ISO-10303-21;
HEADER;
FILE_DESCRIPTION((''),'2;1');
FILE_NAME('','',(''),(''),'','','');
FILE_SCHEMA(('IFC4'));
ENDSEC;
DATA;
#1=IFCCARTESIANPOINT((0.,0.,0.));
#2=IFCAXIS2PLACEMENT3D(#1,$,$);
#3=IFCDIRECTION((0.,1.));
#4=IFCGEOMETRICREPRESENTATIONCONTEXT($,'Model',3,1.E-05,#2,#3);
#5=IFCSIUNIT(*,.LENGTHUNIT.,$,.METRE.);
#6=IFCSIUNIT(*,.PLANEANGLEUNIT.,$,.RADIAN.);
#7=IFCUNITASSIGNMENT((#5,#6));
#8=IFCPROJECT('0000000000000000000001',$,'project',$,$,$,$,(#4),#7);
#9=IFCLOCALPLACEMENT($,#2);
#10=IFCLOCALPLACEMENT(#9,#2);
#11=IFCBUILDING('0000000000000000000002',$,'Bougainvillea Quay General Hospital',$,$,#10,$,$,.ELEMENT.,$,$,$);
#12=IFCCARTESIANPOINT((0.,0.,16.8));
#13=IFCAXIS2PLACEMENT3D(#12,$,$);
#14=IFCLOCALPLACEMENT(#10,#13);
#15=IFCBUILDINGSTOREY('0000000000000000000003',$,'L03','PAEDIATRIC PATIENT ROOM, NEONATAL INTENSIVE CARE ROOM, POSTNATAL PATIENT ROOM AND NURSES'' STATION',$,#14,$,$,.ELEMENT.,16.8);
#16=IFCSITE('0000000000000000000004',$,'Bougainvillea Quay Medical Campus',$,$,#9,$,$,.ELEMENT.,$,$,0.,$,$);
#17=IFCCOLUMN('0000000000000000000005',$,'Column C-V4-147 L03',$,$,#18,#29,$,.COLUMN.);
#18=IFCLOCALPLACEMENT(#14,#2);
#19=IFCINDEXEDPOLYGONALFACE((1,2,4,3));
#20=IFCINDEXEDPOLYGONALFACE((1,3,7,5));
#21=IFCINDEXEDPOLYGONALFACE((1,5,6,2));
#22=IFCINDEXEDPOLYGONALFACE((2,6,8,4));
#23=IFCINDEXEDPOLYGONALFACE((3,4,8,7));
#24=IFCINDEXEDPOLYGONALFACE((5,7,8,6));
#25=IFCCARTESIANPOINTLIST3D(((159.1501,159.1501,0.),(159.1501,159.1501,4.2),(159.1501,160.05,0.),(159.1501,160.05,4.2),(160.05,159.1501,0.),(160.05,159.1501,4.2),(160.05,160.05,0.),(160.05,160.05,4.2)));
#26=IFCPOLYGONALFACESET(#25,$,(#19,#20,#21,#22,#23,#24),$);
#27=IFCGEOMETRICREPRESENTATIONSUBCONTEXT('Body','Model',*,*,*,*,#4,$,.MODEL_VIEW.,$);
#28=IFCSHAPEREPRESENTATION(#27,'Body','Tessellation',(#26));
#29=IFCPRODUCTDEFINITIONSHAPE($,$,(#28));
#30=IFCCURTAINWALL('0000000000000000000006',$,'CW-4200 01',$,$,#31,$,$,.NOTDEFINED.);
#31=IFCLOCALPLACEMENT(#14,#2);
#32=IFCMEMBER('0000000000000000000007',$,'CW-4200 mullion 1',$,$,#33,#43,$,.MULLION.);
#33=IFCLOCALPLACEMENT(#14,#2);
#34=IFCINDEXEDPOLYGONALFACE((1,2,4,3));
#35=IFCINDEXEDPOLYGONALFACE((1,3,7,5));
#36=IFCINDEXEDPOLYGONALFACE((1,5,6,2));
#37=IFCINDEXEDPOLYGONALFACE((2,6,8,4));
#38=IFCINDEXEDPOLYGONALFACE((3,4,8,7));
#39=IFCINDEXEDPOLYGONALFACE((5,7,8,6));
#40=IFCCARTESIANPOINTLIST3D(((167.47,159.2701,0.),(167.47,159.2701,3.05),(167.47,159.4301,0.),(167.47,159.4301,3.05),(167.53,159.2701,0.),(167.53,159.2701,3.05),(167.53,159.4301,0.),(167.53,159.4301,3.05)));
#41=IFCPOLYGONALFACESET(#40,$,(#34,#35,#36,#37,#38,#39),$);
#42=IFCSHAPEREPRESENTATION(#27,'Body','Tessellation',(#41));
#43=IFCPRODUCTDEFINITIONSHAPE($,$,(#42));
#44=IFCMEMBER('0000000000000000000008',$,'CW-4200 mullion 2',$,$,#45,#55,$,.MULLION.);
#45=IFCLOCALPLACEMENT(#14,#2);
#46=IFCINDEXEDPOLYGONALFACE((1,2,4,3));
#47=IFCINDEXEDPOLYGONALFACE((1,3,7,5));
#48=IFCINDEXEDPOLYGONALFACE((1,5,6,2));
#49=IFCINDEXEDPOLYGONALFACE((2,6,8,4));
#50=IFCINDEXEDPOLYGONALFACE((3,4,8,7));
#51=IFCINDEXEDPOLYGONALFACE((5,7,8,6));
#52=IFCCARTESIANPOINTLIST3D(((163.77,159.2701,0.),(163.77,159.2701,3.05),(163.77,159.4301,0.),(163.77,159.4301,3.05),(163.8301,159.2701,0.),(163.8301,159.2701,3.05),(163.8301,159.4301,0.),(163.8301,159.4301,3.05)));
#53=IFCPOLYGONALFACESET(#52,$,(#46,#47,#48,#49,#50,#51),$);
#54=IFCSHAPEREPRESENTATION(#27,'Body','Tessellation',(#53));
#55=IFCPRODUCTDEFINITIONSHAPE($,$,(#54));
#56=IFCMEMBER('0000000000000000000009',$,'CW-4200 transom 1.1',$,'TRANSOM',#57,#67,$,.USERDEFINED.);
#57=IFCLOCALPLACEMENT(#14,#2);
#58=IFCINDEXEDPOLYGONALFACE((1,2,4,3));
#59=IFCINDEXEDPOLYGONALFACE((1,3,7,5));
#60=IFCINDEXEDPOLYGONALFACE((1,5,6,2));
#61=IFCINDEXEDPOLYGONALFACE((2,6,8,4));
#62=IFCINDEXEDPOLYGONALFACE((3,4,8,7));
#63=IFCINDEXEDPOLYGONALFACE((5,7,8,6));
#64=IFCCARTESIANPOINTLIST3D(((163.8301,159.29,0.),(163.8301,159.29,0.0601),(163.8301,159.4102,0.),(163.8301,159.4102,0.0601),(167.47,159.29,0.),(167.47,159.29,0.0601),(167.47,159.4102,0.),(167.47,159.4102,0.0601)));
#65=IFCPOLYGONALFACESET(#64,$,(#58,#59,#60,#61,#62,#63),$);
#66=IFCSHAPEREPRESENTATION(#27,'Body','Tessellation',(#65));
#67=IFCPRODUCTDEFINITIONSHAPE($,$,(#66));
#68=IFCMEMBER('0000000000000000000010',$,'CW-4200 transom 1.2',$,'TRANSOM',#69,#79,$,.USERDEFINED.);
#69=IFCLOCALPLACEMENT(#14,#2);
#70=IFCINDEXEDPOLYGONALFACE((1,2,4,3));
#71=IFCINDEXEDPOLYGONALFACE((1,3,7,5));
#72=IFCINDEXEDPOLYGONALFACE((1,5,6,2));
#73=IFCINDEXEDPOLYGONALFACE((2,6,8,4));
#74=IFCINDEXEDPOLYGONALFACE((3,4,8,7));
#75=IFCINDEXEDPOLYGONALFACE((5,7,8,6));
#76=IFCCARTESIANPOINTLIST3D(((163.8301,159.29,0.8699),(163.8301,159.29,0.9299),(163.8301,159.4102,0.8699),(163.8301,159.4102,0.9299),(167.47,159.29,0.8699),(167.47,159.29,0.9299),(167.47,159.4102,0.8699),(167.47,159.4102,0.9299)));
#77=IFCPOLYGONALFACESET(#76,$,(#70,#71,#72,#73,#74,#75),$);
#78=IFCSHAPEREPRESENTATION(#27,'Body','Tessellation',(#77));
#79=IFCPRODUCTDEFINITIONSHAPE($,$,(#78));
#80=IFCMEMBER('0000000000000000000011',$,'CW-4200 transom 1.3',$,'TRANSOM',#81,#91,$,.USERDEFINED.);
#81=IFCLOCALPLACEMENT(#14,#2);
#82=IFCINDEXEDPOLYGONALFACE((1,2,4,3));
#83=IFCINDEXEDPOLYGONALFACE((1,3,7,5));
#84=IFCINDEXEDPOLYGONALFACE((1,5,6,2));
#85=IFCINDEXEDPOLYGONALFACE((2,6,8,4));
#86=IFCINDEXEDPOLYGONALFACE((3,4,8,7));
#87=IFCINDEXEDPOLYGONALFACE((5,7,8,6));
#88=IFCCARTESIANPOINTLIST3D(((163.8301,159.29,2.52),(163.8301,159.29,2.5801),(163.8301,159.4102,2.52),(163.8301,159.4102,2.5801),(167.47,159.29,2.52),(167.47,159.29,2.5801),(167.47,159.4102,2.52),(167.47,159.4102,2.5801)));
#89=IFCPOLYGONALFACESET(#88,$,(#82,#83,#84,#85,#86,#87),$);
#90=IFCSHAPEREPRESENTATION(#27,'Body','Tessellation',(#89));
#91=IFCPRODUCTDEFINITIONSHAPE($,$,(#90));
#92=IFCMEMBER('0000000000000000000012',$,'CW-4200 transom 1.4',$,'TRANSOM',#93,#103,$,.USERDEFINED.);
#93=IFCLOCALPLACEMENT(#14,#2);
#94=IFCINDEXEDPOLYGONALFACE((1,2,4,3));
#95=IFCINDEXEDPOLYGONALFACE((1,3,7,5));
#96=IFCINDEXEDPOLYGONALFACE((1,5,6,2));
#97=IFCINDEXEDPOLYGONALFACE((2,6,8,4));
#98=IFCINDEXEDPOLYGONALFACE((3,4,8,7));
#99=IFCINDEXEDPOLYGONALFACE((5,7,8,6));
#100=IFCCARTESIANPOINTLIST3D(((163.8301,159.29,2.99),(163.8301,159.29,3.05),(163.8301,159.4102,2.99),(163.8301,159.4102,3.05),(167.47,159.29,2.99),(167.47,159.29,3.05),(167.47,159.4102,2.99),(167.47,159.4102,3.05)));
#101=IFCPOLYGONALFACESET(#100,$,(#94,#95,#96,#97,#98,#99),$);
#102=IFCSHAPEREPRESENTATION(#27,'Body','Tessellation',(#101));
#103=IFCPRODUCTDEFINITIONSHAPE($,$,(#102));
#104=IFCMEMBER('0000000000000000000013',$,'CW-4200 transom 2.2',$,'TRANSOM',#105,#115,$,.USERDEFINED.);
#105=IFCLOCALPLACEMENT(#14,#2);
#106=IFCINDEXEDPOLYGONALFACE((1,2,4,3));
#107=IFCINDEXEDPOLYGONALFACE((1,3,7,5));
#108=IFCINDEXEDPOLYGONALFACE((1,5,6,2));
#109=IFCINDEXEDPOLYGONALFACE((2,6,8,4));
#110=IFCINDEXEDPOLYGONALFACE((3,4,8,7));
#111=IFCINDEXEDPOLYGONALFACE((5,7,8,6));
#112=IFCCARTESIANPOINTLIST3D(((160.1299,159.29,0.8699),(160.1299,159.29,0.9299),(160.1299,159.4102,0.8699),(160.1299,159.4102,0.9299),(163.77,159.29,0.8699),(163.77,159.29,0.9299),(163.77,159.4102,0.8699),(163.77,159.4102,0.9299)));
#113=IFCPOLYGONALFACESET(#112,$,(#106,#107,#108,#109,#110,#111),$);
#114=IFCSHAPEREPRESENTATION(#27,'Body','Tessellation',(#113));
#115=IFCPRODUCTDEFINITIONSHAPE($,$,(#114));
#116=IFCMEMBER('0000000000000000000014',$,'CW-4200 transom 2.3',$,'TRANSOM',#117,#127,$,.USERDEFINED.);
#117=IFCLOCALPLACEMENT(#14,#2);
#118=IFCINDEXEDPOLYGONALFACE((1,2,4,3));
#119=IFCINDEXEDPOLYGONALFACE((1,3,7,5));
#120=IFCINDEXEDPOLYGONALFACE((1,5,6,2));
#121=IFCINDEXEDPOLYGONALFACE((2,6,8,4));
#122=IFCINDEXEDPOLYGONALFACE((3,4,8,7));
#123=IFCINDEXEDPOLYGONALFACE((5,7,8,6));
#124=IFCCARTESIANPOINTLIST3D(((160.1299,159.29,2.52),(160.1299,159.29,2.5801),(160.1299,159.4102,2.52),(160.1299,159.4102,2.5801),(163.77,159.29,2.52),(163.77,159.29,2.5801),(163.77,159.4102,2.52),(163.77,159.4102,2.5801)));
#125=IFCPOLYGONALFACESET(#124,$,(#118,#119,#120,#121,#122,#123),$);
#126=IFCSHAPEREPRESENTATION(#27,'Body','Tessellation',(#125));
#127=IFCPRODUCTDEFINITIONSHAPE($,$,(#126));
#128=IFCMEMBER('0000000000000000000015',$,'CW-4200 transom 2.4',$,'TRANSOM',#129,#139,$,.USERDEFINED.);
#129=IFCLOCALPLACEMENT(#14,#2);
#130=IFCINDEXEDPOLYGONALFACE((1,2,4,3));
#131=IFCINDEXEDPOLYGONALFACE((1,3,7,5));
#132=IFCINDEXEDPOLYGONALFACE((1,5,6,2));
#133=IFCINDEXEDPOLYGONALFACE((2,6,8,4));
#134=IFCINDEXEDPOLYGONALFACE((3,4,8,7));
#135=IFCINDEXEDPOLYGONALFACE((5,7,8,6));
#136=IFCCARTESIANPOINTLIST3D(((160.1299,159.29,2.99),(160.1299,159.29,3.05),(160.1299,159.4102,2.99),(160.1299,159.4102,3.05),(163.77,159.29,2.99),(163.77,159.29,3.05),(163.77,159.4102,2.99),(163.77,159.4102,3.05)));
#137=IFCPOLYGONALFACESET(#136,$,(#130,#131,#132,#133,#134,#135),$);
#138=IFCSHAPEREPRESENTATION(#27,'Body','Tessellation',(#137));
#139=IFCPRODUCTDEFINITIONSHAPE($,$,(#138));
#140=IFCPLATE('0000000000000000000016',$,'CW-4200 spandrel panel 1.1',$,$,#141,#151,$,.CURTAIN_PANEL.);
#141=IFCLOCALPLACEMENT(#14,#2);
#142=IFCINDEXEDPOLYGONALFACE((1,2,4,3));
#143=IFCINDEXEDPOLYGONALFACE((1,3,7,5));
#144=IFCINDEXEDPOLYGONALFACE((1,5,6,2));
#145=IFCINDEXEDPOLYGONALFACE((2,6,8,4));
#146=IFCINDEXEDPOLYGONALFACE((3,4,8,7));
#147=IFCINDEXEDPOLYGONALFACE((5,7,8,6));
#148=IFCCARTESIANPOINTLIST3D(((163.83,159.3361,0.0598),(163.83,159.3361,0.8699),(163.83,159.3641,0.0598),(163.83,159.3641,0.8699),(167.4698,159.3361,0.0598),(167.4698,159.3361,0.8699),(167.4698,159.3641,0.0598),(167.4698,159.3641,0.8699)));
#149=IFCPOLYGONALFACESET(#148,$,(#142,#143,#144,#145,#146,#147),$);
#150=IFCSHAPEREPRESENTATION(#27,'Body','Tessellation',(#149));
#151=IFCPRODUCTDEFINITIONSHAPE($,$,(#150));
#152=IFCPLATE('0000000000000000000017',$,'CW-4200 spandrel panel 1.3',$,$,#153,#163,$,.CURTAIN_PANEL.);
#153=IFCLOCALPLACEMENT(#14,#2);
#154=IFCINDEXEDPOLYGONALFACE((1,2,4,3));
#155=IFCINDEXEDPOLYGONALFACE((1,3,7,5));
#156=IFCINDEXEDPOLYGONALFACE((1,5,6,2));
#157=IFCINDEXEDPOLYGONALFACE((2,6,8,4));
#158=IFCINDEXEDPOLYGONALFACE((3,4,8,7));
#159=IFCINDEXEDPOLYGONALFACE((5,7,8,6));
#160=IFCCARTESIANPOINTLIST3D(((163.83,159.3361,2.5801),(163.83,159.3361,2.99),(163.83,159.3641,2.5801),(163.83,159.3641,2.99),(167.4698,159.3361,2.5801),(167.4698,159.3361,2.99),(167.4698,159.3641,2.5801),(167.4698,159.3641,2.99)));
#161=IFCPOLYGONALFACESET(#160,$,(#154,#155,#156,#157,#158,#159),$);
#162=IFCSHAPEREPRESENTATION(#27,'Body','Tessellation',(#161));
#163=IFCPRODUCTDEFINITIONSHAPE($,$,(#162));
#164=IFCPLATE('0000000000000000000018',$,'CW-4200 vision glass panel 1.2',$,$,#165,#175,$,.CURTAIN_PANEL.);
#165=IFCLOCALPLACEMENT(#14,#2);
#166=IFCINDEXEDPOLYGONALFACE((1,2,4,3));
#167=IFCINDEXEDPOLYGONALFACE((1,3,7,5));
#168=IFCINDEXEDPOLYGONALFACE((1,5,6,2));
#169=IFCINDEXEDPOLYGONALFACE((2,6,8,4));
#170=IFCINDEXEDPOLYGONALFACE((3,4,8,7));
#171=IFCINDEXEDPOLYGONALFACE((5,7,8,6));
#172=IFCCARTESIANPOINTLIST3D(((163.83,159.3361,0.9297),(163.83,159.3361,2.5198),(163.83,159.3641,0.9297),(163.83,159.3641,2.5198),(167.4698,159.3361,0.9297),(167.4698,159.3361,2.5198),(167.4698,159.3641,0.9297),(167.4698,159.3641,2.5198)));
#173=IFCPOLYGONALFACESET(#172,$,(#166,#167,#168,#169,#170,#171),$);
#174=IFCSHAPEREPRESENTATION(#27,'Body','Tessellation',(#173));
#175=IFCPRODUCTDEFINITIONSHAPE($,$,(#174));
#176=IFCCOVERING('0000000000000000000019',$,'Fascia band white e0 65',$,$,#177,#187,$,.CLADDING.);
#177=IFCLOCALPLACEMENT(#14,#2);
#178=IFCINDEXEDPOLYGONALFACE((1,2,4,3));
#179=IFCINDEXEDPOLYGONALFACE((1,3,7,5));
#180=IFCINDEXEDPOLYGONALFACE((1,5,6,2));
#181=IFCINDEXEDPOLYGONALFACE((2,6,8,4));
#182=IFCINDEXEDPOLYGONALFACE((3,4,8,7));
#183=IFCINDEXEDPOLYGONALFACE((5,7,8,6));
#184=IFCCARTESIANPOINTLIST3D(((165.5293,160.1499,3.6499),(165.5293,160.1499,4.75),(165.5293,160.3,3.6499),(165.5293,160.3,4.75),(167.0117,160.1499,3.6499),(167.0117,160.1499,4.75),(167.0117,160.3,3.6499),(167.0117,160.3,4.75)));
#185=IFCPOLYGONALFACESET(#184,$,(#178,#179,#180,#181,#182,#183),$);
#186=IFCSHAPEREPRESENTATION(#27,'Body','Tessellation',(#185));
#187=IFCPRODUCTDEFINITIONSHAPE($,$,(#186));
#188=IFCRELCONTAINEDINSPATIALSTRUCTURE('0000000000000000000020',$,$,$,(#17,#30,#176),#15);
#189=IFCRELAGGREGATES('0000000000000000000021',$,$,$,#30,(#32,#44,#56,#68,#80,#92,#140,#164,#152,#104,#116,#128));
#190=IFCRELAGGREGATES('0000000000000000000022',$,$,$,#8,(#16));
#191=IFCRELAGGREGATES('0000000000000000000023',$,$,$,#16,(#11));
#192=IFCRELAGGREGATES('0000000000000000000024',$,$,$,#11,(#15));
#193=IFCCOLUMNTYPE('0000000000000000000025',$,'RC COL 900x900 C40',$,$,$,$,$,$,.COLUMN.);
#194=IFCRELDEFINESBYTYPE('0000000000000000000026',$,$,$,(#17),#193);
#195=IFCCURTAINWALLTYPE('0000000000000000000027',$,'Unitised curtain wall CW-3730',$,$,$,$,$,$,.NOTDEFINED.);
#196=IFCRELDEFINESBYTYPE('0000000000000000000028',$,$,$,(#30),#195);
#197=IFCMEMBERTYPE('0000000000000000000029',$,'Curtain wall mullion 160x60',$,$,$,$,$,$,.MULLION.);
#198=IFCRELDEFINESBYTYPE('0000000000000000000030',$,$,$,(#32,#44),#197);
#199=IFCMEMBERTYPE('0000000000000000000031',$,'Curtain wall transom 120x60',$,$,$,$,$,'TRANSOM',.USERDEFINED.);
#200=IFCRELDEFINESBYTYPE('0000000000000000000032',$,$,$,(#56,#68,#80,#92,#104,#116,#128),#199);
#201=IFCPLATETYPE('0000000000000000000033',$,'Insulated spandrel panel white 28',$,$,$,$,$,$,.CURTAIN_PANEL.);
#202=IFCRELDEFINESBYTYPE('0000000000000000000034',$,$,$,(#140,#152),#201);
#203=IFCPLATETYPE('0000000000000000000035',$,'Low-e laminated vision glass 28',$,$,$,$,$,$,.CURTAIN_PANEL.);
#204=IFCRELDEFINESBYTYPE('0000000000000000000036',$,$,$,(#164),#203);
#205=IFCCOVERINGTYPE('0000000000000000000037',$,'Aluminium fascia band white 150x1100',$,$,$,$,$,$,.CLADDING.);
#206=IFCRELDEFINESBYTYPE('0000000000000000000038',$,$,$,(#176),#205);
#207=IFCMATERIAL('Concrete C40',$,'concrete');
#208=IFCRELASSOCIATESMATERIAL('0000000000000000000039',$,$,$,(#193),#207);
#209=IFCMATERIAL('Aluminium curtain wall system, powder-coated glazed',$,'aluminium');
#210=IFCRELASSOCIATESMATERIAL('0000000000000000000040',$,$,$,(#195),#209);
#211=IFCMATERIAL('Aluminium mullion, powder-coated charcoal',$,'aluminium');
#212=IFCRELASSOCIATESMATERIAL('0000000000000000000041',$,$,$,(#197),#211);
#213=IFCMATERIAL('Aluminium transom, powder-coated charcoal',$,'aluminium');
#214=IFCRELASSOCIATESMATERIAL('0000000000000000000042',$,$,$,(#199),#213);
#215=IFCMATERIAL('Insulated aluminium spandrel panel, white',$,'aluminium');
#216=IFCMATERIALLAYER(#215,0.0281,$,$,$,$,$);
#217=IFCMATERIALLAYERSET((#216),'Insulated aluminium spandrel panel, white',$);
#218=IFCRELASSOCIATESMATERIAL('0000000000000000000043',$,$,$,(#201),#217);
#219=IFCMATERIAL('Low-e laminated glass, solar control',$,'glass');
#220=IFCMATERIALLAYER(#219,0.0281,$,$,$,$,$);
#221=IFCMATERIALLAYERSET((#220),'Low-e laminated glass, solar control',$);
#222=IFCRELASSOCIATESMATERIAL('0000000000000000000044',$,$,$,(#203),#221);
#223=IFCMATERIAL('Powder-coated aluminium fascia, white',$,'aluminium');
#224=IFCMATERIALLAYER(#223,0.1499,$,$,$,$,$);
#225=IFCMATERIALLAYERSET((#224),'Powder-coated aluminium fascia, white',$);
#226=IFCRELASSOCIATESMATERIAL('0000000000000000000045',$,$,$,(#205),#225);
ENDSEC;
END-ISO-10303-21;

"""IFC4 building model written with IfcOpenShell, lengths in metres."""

from ifc_helpers import new_model, si_unit, direction, frame, origin, origin_2d, place, context, subcontext, project, spatial, polyline, rectangle, outline, extrude, material, layer, layer_set, material_profile, profile_set, type_object, element, aggregate, save


model = new_model("IFC4")

# Units and contexts
model_context = context("Model", 3, precision=1e-05, world=origin(), true_north=direction((0.0, 1.0)))
body_context = subcontext(model_context, "Body", "Model", "MODEL_VIEW")
ifc_project = project(units=[si_unit("LENGTHUNIT", "METRE"), si_unit("PLANEANGLEUNIT", "RADIAN")], contexts=[model_context])

# Site, building, storey
site_placement = place(None, origin())
site = spatial("IfcSite", under=ifc_project, at=site_placement, Name="Bougainvillea Quay Medical Campus", CompositionType="ELEMENT", RefElevation=0.0)
building_placement = place(site_placement, origin())
building = spatial("IfcBuilding", under=site, at=building_placement, Name="Bougainvillea Quay General Hospital", CompositionType="ELEMENT")
storey_placement = place(building_placement, frame((0.0, 0.0, 16.8)))
storey = spatial("IfcBuildingStorey", under=building, at=storey_placement, Name="L03", Description="PAEDIATRIC PATIENT ROOM, NEONATAL INTENSIVE CARE ROOM, POSTNATAL PATIENT ROOM AND NURSES' STATION", CompositionType="ELEMENT", Elevation=16.8)

# Column
ifc_material_1 = material(Name="Concrete C40", Category="concrete")
ifc_material_profile_1 = material_profile(ifc_material_1, rectangle(XDim=0.8999, YDim=0.8999, at=origin_2d()))
ifc_profile_set_1 = profile_set([ifc_material_profile_1], Name="Concrete C40")
column_type = type_object("IfcColumnType", Name="RC COL 900x900 C40", PredefinedType="COLUMN", material=ifc_profile_set_1)
column_placement = place(storey_placement, frame((159.6001, 159.6001, 0.0), z_axis=(0.0, 0.0, 1.0), x_axis=(1.0, 0.0, 0.0)))
element("IfcColumn", 1, at=column_placement, inside=storey, type_object=column_type, Name="Column C-V4-147 L03", PredefinedType="COLUMN", context=body_context, shape_type="SweptSolid", body=[
    extrude(rectangle(XDim=0.8999, YDim=0.8999, at=origin_2d()), origin(), (0.0, 0.0, 1.0), 4.2),
])

# Curtain wall, members, plates
ifc_material_2 = material(Name="Aluminium curtain wall system, powder-coated glazed", Category="aluminium")
curtain_wall_type = type_object("IfcCurtainWallType", Name="Unitised curtain wall CW-3730", PredefinedType="NOTDEFINED", material=ifc_material_2)
curtain_wall_placement = place(storey_placement, origin())
curtain_wall = element("IfcCurtainWall", 2, at=curtain_wall_placement, inside=storey, type_object=curtain_wall_type, Name="CW-4200 01", PredefinedType="NOTDEFINED")
ifc_material_3 = material(Name="Aluminium mullion, powder-coated charcoal", Category="aluminium")
ifc_material_profile_2 = material_profile(ifc_material_3, rectangle(XDim=0.1599, YDim=0.0601, at=origin_2d()))
ifc_profile_set_2 = profile_set([ifc_material_profile_2], Name="Aluminium mullion, powder-coated charcoal")
member_type_1 = type_object("IfcMemberType", Name="Curtain wall mullion 160x60", PredefinedType="MULLION", material=ifc_profile_set_2)
member_1_placement = place(storey_placement, frame((167.5, 159.3501, 0.0), z_axis=(0.0, 0.0, 1.0), x_axis=(0.0, -1.0, 0.0)))
member_1 = element("IfcMember", 3, at=member_1_placement, type_object=member_type_1, Name="CW-4200 mullion 1", PredefinedType="MULLION", context=body_context, shape_type="SweptSolid", body=[
    extrude(rectangle(XDim=0.1599, YDim=0.0601, at=origin_2d()), origin(), (0.0, 0.0, 1.0), 3.05),
])
member_2_placement = place(storey_placement, frame((163.8, 159.3501, 0.0), z_axis=(0.0, 0.0, 1.0), x_axis=(0.0, -1.0, 0.0)))
member_2 = element("IfcMember", 4, at=member_2_placement, type_object=member_type_1, Name="CW-4200 mullion 2", PredefinedType="MULLION", context=body_context, shape_type="SweptSolid", body=[
    extrude(rectangle(XDim=0.1599, YDim=0.0601, at=origin_2d()), origin(), (0.0, 0.0, 1.0), 3.05),
])
ifc_material_4 = material(Name="Aluminium transom, powder-coated charcoal", Category="aluminium")
ifc_material_profile_3 = material_profile(ifc_material_4, rectangle(XDim=0.1201, YDim=0.0601, at=origin_2d()))
ifc_profile_set_3 = profile_set([ifc_material_profile_3], Name="Aluminium transom, powder-coated charcoal")
member_type_2 = type_object("IfcMemberType", Name="Curtain wall transom 120x60", ElementType="TRANSOM", PredefinedType="USERDEFINED", material=ifc_profile_set_3)
member_3_placement = place(storey_placement, frame((167.47, 159.3501, 0.03), z_axis=(-1.0, 0.0, 0.0), x_axis=(0.0, -1.0, 0.0)))
member_3 = element("IfcMember", 5, at=member_3_placement, type_object=member_type_2, Name="CW-4200 transom 1.1", ObjectType="TRANSOM", PredefinedType="USERDEFINED", context=body_context, shape_type="SweptSolid", body=[
    extrude(rectangle(XDim=0.1201, YDim=0.0601, at=origin_2d()), origin(), (0.0, 0.0, 1.0), 3.6399),
])
member_4_placement = place(storey_placement, frame((167.47, 159.3501, 0.8999), z_axis=(-1.0, 0.0, 0.0), x_axis=(0.0, -1.0, 0.0)))
member_4 = element("IfcMember", 6, at=member_4_placement, type_object=member_type_2, Name="CW-4200 transom 1.2", ObjectType="TRANSOM", PredefinedType="USERDEFINED", context=body_context, shape_type="SweptSolid", body=[
    extrude(rectangle(XDim=0.1201, YDim=0.0601, at=origin_2d()), origin(), (0.0, 0.0, 1.0), 3.6399),
])
member_5_placement = place(storey_placement, frame((167.47, 159.3501, 2.55), z_axis=(-1.0, 0.0, 0.0), x_axis=(0.0, -1.0, 0.0)))
member_5 = element("IfcMember", 7, at=member_5_placement, type_object=member_type_2, Name="CW-4200 transom 1.3", ObjectType="TRANSOM", PredefinedType="USERDEFINED", context=body_context, shape_type="SweptSolid", body=[
    extrude(rectangle(XDim=0.1201, YDim=0.0601, at=origin_2d()), origin(), (0.0, 0.0, 1.0), 3.6399),
])
member_6_placement = place(storey_placement, frame((167.47, 159.3501, 3.02), z_axis=(-1.0, 0.0, 0.0), x_axis=(0.0, -1.0, 0.0)))
member_6 = element("IfcMember", 8, at=member_6_placement, type_object=member_type_2, Name="CW-4200 transom 1.4", ObjectType="TRANSOM", PredefinedType="USERDEFINED", context=body_context, shape_type="SweptSolid", body=[
    extrude(rectangle(XDim=0.1201, YDim=0.0601, at=origin_2d()), origin(), (0.0, 0.0, 1.0), 3.6399),
])
member_7_placement = place(storey_placement, frame((163.77, 159.3501, 0.8999), z_axis=(-1.0, 0.0, 0.0), x_axis=(0.0, -1.0, 0.0)))
member_7 = element("IfcMember", 9, at=member_7_placement, type_object=member_type_2, Name="CW-4200 transom 2.2", ObjectType="TRANSOM", PredefinedType="USERDEFINED", context=body_context, shape_type="SweptSolid", body=[
    extrude(rectangle(XDim=0.1201, YDim=0.0601, at=origin_2d()), origin(), (0.0, 0.0, 1.0), 3.6401),
])
member_8_placement = place(storey_placement, frame((163.77, 159.3501, 2.55), z_axis=(-1.0, 0.0, 0.0), x_axis=(0.0, -1.0, 0.0)))
member_8 = element("IfcMember", 10, at=member_8_placement, type_object=member_type_2, Name="CW-4200 transom 2.3", ObjectType="TRANSOM", PredefinedType="USERDEFINED", context=body_context, shape_type="SweptSolid", body=[
    extrude(rectangle(XDim=0.1201, YDim=0.0601, at=origin_2d()), origin(), (0.0, 0.0, 1.0), 3.6401),
])
member_9_placement = place(storey_placement, frame((163.77, 159.3501, 3.02), z_axis=(-1.0, 0.0, 0.0), x_axis=(0.0, -1.0, 0.0)))
member_9 = element("IfcMember", 11, at=member_9_placement, type_object=member_type_2, Name="CW-4200 transom 2.4", ObjectType="TRANSOM", PredefinedType="USERDEFINED", context=body_context, shape_type="SweptSolid", body=[
    extrude(rectangle(XDim=0.1201, YDim=0.0601, at=origin_2d()), origin(), (0.0, 0.0, 1.0), 3.6401),
])
ifc_material_5 = material(Name="Insulated aluminium spandrel panel, white", Category="aluminium")
ifc_layer_1 = layer(ifc_material_5, 0.0281)
ifc_layer_set_1 = layer_set([ifc_layer_1], Name="Insulated aluminium spandrel panel, white")
plate_type_1 = type_object("IfcPlateType", Name="Insulated spandrel panel white 28", PredefinedType="CURTAIN_PANEL", material=ifc_layer_set_1)
plate_1_placement = place(storey_placement, frame((165.6499, 159.3501, 0.0598), z_axis=(0.0, 0.0, 1.0), x_axis=(-1.0, 0.0, 0.0)))
plate_1 = element("IfcPlate", 12, at=plate_1_placement, type_object=plate_type_1, Name="CW-4200 spandrel panel 1.1", PredefinedType="CURTAIN_PANEL", context=body_context, shape_type="SweptSolid", body=[
    extrude(rectangle(XDim=3.6399, YDim=0.0281, at=origin_2d()), origin(), (0.0, 0.0, 1.0), 0.8101),
])
plate_2_placement = place(storey_placement, frame((165.6499, 159.3501, 2.5801), z_axis=(0.0, 0.0, 1.0), x_axis=(-1.0, 0.0, 0.0)))
plate_2 = element("IfcPlate", 13, at=plate_2_placement, type_object=plate_type_1, Name="CW-4200 spandrel panel 1.3", PredefinedType="CURTAIN_PANEL", context=body_context, shape_type="SweptSolid", body=[
    extrude(rectangle(XDim=3.6399, YDim=0.0281, at=origin_2d()), origin(), (0.0, 0.0, 1.0), 0.4099),
])
ifc_material_6 = material(Name="Low-e laminated glass, solar control", Category="glass")
ifc_layer_2 = layer(ifc_material_6, 0.0281)
ifc_layer_set_2 = layer_set([ifc_layer_2], Name="Low-e laminated glass, solar control")
plate_type_2 = type_object("IfcPlateType", Name="Low-e laminated vision glass 28", PredefinedType="CURTAIN_PANEL", material=ifc_layer_set_2)
plate_3_placement = place(storey_placement, frame((165.6499, 159.3501, 0.9297), z_axis=(0.0, 0.0, 1.0), x_axis=(-1.0, 0.0, 0.0)))
plate_3 = element("IfcPlate", 14, at=plate_3_placement, type_object=plate_type_2, Name="CW-4200 vision glass panel 1.2", PredefinedType="CURTAIN_PANEL", context=body_context, shape_type="SweptSolid", body=[
    extrude(rectangle(XDim=3.6399, YDim=0.0281, at=origin_2d()), origin(), (0.0, 0.0, 1.0), 1.5901),
])
aggregate(curtain_wall, [member_1, member_2, member_3, member_4, member_5, member_6, plate_1, plate_3, plate_2, member_7, member_8, member_9])

# Covering
ifc_material_7 = material(Name="Powder-coated aluminium fascia, white", Category="aluminium")
ifc_layer_3 = layer(ifc_material_7, 0.1499)
ifc_layer_set_3 = layer_set([ifc_layer_3], Name="Powder-coated aluminium fascia, white")
covering_type = type_object("IfcCoveringType", Name="Aluminium fascia band white 150x1100", PredefinedType="CLADDING", material=ifc_layer_set_3)
covering_1_placement = place(storey_placement, frame((167.0117, 160.1499, 3.6499), z_axis=(0.0, 0.0, 1.0), x_axis=(-1.0, 0.0, 0.0)))
element("IfcCovering", 15, at=covering_1_placement, inside=storey, type_object=covering_type, Name="Fascia band white e0 65", PredefinedType="CLADDING", context=body_context, shape_type="SweptSolid", body=[
    extrude(outline(polyline([(0.0, 0.0), (1.4824, 0.0), (1.4824, -0.1501), (0.0, -0.1501), (0.0, 0.0)])), origin(), (0.0, 0.0, 1.0), 1.1001),
])

save(model, "model.ifc")
